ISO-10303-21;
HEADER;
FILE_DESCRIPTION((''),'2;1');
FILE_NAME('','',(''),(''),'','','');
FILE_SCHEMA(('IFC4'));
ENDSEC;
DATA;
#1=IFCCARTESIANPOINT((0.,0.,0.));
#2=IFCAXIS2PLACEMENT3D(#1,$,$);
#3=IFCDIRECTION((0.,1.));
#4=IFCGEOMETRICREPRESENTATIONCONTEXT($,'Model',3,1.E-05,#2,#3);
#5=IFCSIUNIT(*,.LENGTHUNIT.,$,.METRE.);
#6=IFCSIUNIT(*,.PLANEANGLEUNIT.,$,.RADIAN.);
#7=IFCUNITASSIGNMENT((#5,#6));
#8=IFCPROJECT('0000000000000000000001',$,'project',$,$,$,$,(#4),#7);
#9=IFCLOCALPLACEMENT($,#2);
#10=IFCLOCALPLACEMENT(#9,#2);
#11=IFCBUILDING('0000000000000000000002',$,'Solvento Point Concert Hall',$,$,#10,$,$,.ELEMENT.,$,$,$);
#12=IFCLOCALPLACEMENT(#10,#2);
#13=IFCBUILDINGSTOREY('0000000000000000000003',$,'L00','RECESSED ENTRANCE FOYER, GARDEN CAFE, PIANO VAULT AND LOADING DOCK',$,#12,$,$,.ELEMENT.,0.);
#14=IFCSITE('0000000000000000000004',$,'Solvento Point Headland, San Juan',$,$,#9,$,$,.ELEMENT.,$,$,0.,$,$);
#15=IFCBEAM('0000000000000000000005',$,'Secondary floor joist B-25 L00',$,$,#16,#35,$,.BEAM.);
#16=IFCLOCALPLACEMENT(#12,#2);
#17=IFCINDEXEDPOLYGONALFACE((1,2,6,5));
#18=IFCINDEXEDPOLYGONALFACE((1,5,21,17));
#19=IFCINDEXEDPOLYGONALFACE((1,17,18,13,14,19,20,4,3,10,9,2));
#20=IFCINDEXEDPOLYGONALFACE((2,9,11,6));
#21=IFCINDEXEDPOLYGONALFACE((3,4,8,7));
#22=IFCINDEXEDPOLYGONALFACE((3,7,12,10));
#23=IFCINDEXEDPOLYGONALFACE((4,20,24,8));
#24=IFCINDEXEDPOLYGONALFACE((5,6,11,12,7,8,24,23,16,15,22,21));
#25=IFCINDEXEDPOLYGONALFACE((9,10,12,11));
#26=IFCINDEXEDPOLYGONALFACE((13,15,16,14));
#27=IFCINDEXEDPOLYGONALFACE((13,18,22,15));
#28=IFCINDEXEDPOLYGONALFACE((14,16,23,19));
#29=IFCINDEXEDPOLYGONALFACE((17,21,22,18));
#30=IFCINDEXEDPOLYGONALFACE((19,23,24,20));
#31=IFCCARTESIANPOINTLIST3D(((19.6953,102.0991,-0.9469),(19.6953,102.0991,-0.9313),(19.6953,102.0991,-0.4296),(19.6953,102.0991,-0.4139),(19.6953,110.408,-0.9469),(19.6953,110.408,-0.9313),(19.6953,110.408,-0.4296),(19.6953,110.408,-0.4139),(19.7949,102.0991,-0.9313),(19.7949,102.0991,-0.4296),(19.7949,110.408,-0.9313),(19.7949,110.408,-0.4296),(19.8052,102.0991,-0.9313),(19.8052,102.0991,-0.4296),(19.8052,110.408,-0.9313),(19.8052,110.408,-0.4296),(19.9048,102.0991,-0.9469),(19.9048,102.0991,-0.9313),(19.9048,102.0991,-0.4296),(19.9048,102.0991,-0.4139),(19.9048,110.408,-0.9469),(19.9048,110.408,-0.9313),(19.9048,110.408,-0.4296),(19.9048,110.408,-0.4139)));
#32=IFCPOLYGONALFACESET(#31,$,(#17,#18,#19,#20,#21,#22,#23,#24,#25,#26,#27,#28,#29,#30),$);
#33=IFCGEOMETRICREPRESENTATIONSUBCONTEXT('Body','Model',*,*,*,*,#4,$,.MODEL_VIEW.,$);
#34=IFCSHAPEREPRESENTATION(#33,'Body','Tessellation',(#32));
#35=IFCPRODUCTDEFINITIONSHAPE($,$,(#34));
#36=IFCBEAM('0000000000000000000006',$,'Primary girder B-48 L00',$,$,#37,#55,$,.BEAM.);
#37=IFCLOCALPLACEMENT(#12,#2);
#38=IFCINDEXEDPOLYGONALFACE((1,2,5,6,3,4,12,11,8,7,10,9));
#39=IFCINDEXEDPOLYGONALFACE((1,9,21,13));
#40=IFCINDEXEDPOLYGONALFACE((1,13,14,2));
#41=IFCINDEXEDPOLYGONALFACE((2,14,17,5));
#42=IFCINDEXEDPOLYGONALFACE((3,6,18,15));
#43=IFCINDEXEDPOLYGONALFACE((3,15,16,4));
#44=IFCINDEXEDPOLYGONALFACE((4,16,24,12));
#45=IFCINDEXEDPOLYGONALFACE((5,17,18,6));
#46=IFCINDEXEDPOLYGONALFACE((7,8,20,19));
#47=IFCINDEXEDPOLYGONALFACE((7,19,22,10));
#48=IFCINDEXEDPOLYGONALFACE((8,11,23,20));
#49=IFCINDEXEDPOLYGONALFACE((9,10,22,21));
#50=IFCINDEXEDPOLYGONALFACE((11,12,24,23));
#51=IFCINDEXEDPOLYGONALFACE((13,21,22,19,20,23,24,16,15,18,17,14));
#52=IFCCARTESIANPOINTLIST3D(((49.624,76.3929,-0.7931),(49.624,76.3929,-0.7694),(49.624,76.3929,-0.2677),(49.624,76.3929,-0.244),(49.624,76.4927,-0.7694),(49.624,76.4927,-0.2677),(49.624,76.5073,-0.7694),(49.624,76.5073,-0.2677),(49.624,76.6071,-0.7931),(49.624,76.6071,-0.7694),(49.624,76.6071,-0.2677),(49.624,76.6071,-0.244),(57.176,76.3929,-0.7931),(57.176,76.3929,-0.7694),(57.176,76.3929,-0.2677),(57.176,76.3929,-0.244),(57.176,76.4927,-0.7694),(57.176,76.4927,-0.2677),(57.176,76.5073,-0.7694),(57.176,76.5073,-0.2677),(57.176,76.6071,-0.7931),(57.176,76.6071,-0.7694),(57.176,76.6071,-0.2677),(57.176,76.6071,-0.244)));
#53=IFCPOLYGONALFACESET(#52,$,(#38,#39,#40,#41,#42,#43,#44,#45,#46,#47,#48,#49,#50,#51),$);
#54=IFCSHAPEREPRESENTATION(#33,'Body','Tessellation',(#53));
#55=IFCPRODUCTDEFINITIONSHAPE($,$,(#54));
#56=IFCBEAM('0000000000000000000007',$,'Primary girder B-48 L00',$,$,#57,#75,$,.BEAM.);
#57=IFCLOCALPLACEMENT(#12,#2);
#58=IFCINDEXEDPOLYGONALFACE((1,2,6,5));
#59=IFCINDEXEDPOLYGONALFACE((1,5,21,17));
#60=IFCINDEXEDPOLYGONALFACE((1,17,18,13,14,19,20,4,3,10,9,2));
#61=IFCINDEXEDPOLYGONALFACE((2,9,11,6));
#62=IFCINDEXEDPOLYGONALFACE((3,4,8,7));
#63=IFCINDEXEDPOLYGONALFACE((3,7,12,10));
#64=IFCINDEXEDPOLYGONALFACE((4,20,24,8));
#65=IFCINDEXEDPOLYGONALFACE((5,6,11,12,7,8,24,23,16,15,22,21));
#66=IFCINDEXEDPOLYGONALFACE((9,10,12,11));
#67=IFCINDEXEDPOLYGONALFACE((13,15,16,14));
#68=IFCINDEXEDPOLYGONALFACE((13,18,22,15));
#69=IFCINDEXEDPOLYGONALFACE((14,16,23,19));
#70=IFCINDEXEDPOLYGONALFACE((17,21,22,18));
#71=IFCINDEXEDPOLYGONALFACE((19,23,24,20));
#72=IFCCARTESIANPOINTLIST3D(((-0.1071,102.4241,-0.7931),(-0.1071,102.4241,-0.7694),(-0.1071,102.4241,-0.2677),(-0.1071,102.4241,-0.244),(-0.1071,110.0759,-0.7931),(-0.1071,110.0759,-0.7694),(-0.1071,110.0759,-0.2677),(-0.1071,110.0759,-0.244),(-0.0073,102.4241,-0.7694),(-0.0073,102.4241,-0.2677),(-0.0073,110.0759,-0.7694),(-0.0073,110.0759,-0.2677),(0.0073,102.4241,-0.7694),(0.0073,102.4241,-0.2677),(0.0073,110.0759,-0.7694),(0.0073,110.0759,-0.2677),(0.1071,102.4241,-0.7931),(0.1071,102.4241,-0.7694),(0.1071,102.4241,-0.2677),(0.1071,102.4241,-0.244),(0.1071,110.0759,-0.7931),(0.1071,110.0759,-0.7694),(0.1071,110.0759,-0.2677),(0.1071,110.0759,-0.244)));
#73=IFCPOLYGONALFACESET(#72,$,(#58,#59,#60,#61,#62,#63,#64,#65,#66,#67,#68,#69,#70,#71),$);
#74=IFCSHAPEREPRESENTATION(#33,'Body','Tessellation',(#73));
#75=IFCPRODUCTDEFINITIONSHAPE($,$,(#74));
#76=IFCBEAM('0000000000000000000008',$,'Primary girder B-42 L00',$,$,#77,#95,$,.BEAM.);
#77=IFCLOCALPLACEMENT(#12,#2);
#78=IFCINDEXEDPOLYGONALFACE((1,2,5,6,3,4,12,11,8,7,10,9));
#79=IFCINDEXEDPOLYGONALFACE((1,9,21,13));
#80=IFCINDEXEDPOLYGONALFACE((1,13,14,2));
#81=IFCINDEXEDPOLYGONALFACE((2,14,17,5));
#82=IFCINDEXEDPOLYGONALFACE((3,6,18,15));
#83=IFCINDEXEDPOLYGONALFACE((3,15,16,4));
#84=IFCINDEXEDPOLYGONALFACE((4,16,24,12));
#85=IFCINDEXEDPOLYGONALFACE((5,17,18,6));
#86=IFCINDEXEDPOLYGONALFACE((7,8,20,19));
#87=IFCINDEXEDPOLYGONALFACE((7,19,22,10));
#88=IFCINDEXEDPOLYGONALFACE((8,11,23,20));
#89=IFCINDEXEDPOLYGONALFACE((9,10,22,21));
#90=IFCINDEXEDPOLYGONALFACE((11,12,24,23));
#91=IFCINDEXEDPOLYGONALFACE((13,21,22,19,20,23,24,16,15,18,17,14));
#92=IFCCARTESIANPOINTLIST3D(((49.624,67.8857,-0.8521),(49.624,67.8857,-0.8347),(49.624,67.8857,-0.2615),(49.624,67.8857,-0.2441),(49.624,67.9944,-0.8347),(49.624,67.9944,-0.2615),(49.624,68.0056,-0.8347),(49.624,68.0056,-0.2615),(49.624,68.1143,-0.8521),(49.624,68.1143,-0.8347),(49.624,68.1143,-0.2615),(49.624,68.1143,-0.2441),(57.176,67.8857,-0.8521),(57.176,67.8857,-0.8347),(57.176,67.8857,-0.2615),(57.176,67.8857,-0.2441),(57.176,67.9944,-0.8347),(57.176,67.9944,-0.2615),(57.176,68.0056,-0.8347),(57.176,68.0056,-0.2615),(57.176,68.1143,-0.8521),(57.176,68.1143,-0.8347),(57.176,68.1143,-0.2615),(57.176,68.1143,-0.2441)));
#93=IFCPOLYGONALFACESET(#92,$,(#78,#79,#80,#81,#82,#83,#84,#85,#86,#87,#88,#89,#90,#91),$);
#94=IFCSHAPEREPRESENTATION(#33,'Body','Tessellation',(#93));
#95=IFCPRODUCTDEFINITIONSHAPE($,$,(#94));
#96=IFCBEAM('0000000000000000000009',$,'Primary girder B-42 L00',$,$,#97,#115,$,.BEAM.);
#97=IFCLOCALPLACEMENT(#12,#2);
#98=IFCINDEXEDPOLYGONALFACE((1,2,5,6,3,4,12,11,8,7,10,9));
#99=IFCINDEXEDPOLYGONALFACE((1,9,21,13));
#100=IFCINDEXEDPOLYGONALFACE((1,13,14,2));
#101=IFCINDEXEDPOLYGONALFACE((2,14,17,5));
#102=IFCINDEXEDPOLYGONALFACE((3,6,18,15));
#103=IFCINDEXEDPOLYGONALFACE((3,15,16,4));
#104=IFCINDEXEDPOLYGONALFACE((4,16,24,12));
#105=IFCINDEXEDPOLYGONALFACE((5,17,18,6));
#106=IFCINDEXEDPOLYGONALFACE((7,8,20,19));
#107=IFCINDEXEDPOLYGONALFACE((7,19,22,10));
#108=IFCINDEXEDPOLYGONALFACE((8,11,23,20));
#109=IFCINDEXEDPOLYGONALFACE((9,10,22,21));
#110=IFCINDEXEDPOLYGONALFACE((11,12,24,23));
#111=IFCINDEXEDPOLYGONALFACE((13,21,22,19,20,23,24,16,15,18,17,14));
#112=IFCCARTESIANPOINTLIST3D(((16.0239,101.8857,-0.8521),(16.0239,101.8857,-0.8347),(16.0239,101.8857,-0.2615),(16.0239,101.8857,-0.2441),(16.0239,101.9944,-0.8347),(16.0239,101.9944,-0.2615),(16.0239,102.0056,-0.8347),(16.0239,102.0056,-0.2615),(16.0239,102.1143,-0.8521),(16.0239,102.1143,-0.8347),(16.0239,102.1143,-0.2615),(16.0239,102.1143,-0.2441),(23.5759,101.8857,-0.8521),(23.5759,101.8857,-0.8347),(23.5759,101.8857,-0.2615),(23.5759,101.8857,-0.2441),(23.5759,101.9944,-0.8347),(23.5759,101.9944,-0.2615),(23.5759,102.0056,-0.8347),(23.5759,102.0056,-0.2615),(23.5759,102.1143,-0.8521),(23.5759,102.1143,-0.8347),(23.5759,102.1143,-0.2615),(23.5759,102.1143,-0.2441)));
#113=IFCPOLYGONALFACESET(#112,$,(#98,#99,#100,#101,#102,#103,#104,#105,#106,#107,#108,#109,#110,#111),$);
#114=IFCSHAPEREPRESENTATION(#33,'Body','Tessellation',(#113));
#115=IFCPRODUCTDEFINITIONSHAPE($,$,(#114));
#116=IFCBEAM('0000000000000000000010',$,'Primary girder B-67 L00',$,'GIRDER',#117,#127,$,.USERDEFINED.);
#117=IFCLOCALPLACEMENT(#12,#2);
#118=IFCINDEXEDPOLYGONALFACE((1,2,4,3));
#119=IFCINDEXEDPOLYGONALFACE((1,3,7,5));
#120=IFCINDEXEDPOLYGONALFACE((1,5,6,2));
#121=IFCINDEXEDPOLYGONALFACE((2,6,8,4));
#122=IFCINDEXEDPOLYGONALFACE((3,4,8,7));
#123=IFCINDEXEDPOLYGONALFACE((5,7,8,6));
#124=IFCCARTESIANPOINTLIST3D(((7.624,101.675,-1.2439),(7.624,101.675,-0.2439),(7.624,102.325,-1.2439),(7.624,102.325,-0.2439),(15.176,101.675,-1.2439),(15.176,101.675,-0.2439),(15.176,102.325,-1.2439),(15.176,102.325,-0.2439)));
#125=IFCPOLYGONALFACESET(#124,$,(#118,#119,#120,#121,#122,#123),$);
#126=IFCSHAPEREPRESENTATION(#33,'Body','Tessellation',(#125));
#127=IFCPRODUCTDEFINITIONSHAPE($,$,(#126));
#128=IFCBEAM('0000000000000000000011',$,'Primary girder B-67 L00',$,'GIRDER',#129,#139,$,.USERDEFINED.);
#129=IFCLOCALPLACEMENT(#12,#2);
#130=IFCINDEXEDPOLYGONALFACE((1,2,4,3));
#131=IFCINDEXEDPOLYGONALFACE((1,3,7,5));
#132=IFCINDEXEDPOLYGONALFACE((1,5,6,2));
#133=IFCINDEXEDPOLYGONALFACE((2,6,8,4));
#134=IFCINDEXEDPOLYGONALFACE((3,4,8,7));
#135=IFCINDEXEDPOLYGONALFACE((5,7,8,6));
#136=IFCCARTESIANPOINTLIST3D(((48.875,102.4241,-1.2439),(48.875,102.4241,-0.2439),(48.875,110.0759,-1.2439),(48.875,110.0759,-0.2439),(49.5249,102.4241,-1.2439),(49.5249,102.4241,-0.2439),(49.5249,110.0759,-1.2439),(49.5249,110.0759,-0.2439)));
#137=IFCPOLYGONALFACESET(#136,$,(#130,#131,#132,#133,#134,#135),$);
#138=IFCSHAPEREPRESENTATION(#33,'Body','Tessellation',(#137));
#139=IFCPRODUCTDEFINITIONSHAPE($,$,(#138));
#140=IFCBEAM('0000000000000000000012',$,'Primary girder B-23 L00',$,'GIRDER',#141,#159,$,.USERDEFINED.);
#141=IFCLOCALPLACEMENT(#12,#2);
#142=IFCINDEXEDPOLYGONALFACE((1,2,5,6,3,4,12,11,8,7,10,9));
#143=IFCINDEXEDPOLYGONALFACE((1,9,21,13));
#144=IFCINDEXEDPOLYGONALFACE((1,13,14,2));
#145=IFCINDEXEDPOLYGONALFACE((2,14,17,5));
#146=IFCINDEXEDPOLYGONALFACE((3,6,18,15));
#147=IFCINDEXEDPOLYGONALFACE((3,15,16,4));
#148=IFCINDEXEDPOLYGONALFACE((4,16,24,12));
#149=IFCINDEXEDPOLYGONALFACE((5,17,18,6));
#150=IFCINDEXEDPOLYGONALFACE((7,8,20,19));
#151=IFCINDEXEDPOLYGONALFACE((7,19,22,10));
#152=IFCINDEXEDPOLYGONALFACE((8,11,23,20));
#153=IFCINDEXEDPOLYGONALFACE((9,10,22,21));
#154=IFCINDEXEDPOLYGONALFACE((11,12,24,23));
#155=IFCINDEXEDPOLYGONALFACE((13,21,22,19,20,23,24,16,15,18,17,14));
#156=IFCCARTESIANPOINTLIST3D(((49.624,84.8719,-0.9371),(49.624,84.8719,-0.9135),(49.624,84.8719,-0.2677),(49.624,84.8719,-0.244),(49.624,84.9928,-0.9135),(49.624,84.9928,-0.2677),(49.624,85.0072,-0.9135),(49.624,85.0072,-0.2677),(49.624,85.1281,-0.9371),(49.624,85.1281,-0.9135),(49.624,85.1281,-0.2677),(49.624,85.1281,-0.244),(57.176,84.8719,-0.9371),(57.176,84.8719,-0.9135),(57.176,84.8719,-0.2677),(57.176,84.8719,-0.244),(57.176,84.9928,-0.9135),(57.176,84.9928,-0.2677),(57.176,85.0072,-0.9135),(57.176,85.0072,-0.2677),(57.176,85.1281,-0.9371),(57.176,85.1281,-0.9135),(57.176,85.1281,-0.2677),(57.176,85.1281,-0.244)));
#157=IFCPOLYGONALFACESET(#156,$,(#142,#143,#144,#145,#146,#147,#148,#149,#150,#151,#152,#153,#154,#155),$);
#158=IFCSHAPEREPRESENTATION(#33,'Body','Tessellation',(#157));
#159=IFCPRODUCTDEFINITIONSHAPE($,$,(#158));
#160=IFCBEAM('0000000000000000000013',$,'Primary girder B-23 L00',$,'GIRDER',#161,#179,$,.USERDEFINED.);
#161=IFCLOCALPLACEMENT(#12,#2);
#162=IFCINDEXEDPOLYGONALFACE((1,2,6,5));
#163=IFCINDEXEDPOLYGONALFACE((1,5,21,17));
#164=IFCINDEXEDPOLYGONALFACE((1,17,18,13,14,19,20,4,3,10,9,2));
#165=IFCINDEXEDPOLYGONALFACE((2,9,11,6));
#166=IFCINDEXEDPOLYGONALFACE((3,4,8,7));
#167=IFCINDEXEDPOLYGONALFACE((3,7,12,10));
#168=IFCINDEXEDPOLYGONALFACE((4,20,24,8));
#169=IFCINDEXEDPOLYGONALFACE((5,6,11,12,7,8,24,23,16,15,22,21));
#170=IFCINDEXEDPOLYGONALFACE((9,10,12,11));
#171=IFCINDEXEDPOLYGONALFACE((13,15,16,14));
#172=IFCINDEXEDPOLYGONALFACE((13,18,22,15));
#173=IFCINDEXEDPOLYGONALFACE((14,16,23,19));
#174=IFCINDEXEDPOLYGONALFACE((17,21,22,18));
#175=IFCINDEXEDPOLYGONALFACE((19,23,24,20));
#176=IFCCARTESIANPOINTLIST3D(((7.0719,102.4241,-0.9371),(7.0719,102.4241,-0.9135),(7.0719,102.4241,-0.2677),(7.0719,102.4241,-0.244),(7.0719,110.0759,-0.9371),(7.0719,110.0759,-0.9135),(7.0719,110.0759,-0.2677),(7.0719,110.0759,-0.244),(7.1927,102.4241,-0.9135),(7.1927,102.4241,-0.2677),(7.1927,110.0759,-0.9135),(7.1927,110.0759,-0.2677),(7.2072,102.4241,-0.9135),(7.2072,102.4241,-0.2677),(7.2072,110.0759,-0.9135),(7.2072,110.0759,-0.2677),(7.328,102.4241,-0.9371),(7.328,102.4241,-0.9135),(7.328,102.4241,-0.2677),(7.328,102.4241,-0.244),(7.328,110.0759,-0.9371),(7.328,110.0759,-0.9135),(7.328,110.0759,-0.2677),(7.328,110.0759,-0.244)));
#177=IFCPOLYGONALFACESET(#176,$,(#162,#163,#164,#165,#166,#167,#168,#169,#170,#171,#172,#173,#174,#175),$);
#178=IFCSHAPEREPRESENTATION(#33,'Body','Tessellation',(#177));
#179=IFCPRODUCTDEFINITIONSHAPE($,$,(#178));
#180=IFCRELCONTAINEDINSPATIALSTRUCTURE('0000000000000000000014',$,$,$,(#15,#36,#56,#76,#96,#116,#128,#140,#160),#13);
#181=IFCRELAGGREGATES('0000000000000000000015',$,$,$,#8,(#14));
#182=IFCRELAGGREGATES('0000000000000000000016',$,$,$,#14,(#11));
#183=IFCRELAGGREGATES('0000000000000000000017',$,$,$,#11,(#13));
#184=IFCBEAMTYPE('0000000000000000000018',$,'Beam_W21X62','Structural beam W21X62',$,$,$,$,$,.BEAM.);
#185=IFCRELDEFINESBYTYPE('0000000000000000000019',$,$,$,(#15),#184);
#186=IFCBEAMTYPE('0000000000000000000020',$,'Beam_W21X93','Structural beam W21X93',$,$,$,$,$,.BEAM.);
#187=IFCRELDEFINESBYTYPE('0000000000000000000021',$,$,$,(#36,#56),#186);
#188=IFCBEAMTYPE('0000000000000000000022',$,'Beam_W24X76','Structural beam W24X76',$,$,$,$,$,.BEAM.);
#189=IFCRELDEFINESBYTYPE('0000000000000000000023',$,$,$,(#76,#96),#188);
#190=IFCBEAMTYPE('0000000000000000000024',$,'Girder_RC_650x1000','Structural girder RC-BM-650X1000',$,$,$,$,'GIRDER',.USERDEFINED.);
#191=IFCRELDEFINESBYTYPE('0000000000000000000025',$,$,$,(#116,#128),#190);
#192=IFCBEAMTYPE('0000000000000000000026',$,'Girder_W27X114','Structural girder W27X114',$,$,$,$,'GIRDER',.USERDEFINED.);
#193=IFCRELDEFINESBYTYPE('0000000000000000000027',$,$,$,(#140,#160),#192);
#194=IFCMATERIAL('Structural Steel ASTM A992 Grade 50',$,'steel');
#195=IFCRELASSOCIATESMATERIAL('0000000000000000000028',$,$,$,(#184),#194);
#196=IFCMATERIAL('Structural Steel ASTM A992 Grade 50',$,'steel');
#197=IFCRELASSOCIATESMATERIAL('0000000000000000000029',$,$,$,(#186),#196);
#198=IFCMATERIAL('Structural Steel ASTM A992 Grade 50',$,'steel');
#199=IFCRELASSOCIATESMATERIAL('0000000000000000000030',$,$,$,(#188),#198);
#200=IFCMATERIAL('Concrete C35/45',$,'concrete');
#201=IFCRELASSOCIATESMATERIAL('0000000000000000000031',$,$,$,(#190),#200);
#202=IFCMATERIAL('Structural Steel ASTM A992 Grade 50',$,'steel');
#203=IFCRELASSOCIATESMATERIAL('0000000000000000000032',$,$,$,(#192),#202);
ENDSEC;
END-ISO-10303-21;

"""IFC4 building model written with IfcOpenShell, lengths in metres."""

from ifc_helpers import new_model, si_unit, direction, frame, origin, origin_2d, place, context, subcontext, project, spatial, rectangle, i_section, extrude, material, material_profile, profile_set, type_object, element, save


model = new_model("IFC4")

# Units and contexts
model_context = context("Model", 3, precision=1e-05, world=origin(), true_north=direction((0.0, 1.0)))
body_context = subcontext(model_context, "Body", "Model", "MODEL_VIEW")
ifc_project = project(units=[si_unit("LENGTHUNIT", "METRE"), si_unit("PLANEANGLEUNIT", "RADIAN")], contexts=[model_context])

# Site, building, storey
site_placement = place(None, origin())
site = spatial("IfcSite", under=ifc_project, at=site_placement, Name="Solvento Point Headland, San Juan", CompositionType="ELEMENT", RefElevation=0.0)
building_placement = place(site_placement, origin())
building = spatial("IfcBuilding", under=site, at=building_placement, Name="Solvento Point Concert Hall", CompositionType="ELEMENT")
storey_placement = place(building_placement, origin())
storey = spatial("IfcBuildingStorey", under=building, at=storey_placement, Name="L00", Description="RECESSED ENTRANCE FOYER, GARDEN CAFE, PIANO VAULT AND LOADING DOCK", CompositionType="ELEMENT", Elevation=0.0)

# Beams
ifc_material_1 = material(Name="Structural Steel ASTM A992 Grade 50", Category="steel")
ifc_material_profile_1 = material_profile(ifc_material_1, i_section(OverallWidth=0.2095, OverallDepth=0.533, WebThickness=0.0103, FlangeThickness=0.0156, at=origin_2d()), Name="W21X62")
ifc_profile_set_1 = profile_set([ifc_material_profile_1], Name="Structural Steel ASTM A992 Grade 50")
beam_type_1 = type_object("IfcBeamType", Name="Beam_W21X62", Description="Structural beam W21X62", PredefinedType="BEAM", material=ifc_profile_set_1)
beam_1_placement = place(storey_placement, frame((19.8, 102.0991, -0.6804), z_axis=(0.0, 1.0, 0.0), x_axis=(-1.0, 0.0, 0.0)))
element("IfcBeam", 1, at=beam_1_placement, inside=storey, type_object=beam_type_1, Name="Secondary floor joist B-25 L00", PredefinedType="BEAM", context=body_context, shape_type="SweptSolid", body=[
    extrude(i_section(OverallWidth=0.2095, OverallDepth=0.533, WebThickness=0.0103, FlangeThickness=0.0156, at=origin_2d()), origin(), (0.0, 0.0, 1.0), 8.3088),
])
ifc_material_2 = material(Name="Structural Steel ASTM A992 Grade 50", Category="steel")
ifc_material_profile_2 = material_profile(ifc_material_2, i_section(OverallWidth=0.2141, OverallDepth=0.5491, WebThickness=0.0146, FlangeThickness=0.0237, at=origin_2d()), Name="W21X93")
ifc_profile_set_2 = profile_set([ifc_material_profile_2], Name="Structural Steel ASTM A992 Grade 50")
beam_type_2 = type_object("IfcBeamType", Name="Beam_W21X93", Description="Structural beam W21X93", PredefinedType="BEAM", material=ifc_profile_set_2)
beam_2_placement = place(storey_placement, frame((49.624, 76.5, -0.5186), z_axis=(1.0, 0.0, 0.0), x_axis=(0.0, 1.0, 0.0)))
element("IfcBeam", 2, at=beam_2_placement, inside=storey, type_object=beam_type_2, Name="Primary girder B-48 L00", PredefinedType="BEAM", context=body_context, shape_type="SweptSolid", body=[
    extrude(i_section(OverallWidth=0.2141, OverallDepth=0.5491, WebThickness=0.0146, FlangeThickness=0.0237, at=origin_2d()), origin(), (0.0, 0.0, 1.0), 7.552),
])
beam_3_placement = place(storey_placement, frame((0.0, 102.4241, -0.5186), z_axis=(0.0, 1.0, 0.0), x_axis=(-1.0, 0.0, 0.0)))
element("IfcBeam", 3, at=beam_3_placement, inside=storey, type_object=beam_type_2, Name="Primary girder B-48 L00", PredefinedType="BEAM", context=body_context, shape_type="SweptSolid", body=[
    extrude(i_section(OverallWidth=0.2141, OverallDepth=0.5491, WebThickness=0.0146, FlangeThickness=0.0237, at=origin_2d()), origin(), (0.0, 0.0, 1.0), 7.6519),
])
ifc_material_3 = material(Name="Structural Steel ASTM A992 Grade 50", Category="steel")
ifc_material_profile_3 = material_profile(ifc_material_3, i_section(OverallWidth=0.2285, OverallDepth=0.6079, WebThickness=0.0112, FlangeThickness=0.0173, at=origin_2d()), Name="W24X76")
ifc_profile_set_3 = profile_set([ifc_material_profile_3], Name="Structural Steel ASTM A992 Grade 50")
beam_type_3 = type_object("IfcBeamType", Name="Beam_W24X76", Description="Structural beam W24X76", PredefinedType="BEAM", material=ifc_profile_set_3)
for number, where, z_axis, x_axis, name in (
    (4, (49.624, 68.0, -0.5481), (1.0, 0.0, 0.0), (0.0, 1.0, 0.0), "Primary girder B-42 L00"),
    (5, (16.0239, 102.0, -0.5481), (1.0, 0.0, 0.0), (0.0, 1.0, 0.0), "Primary girder B-42 L00"),
):
    element("IfcBeam", number, at=place(storey_placement, frame(where, z_axis=z_axis, x_axis=x_axis)), inside=storey, type_object=beam_type_3, Name=name, PredefinedType="BEAM", context=body_context, shape_type="SweptSolid", body=[
        extrude(i_section(OverallWidth=0.2285, OverallDepth=0.6079, WebThickness=0.0112, FlangeThickness=0.0173, at=origin_2d()), origin(), (0.0, 0.0, 1.0), 7.552),
    ])
ifc_material_4 = material(Name="Concrete C35/45", Category="concrete")
ifc_material_profile_4 = material_profile(ifc_material_4, rectangle(XDim=0.6499, YDim=1.0, at=origin_2d()), Name="RC-BM-650X1000")
ifc_profile_set_4 = profile_set([ifc_material_profile_4], Name="Concrete C35/45")
beam_type_4 = type_object("IfcBeamType", Name="Girder_RC_650x1000", Description="Structural girder RC-BM-650X1000", ElementType="GIRDER", PredefinedType="USERDEFINED", material=ifc_profile_set_4)
beam_4_placement = place(storey_placement, frame((7.624, 102.0, -0.7439), z_axis=(1.0, 0.0, 0.0), x_axis=(0.0, 1.0, 0.0)))
element("IfcBeam", 6, at=beam_4_placement, inside=storey, type_object=beam_type_4, Name="Primary girder B-67 L00", ObjectType="GIRDER", PredefinedType="USERDEFINED", context=body_context, shape_type="SweptSolid", body=[
    extrude(rectangle(XDim=0.6499, YDim=1.0, at=origin_2d()), origin(), (0.0, 0.0, 1.0), 7.552),
])
beam_5_placement = place(storey_placement, frame((49.2, 102.4241, -0.7439), z_axis=(0.0, 1.0, 0.0), x_axis=(-1.0, 0.0, 0.0)))
element("IfcBeam", 7, at=beam_5_placement, inside=storey, type_object=beam_type_4, Name="Primary girder B-67 L00", ObjectType="GIRDER", PredefinedType="USERDEFINED", context=body_context, shape_type="SweptSolid", body=[
    extrude(rectangle(XDim=0.6499, YDim=1.0, at=origin_2d()), origin(), (0.0, 0.0, 1.0), 7.6519),
])
ifc_material_5 = material(Name="Structural Steel ASTM A992 Grade 50", Category="steel")
ifc_material_profile_5 = material_profile(ifc_material_5, i_section(OverallWidth=0.2561, OverallDepth=0.6931, WebThickness=0.0144, FlangeThickness=0.0237, at=origin_2d()), Name="W27X114")
ifc_profile_set_5 = profile_set([ifc_material_profile_5], Name="Structural Steel ASTM A992 Grade 50")
beam_type_5 = type_object("IfcBeamType", Name="Girder_W27X114", Description="Structural girder W27X114", ElementType="GIRDER", PredefinedType="USERDEFINED", material=ifc_profile_set_5)
beam_6_placement = place(storey_placement, frame((49.624, 85.0, -0.5906), z_axis=(1.0, 0.0, 0.0), x_axis=(0.0, 1.0, 0.0)))
element("IfcBeam", 8, at=beam_6_placement, inside=storey, type_object=beam_type_5, Name="Primary girder B-23 L00", ObjectType="GIRDER", PredefinedType="USERDEFINED", context=body_context, shape_type="SweptSolid", body=[
    extrude(i_section(OverallWidth=0.2561, OverallDepth=0.6931, WebThickness=0.0144, FlangeThickness=0.0237, at=origin_2d()), origin(), (0.0, 0.0, 1.0), 7.552),
])
beam_7_placement = place(storey_placement, frame((7.2, 102.4241, -0.5906), z_axis=(0.0, 1.0, 0.0), x_axis=(-1.0, 0.0, 0.0)))
element("IfcBeam", 9, at=beam_7_placement, inside=storey, type_object=beam_type_5, Name="Primary girder B-23 L00", ObjectType="GIRDER", PredefinedType="USERDEFINED", context=body_context, shape_type="SweptSolid", body=[
    extrude(i_section(OverallWidth=0.2561, OverallDepth=0.6931, WebThickness=0.0144, FlangeThickness=0.0237, at=origin_2d()), origin(), (0.0, 0.0, 1.0), 7.6519),
])

save(model, "model.ifc")
